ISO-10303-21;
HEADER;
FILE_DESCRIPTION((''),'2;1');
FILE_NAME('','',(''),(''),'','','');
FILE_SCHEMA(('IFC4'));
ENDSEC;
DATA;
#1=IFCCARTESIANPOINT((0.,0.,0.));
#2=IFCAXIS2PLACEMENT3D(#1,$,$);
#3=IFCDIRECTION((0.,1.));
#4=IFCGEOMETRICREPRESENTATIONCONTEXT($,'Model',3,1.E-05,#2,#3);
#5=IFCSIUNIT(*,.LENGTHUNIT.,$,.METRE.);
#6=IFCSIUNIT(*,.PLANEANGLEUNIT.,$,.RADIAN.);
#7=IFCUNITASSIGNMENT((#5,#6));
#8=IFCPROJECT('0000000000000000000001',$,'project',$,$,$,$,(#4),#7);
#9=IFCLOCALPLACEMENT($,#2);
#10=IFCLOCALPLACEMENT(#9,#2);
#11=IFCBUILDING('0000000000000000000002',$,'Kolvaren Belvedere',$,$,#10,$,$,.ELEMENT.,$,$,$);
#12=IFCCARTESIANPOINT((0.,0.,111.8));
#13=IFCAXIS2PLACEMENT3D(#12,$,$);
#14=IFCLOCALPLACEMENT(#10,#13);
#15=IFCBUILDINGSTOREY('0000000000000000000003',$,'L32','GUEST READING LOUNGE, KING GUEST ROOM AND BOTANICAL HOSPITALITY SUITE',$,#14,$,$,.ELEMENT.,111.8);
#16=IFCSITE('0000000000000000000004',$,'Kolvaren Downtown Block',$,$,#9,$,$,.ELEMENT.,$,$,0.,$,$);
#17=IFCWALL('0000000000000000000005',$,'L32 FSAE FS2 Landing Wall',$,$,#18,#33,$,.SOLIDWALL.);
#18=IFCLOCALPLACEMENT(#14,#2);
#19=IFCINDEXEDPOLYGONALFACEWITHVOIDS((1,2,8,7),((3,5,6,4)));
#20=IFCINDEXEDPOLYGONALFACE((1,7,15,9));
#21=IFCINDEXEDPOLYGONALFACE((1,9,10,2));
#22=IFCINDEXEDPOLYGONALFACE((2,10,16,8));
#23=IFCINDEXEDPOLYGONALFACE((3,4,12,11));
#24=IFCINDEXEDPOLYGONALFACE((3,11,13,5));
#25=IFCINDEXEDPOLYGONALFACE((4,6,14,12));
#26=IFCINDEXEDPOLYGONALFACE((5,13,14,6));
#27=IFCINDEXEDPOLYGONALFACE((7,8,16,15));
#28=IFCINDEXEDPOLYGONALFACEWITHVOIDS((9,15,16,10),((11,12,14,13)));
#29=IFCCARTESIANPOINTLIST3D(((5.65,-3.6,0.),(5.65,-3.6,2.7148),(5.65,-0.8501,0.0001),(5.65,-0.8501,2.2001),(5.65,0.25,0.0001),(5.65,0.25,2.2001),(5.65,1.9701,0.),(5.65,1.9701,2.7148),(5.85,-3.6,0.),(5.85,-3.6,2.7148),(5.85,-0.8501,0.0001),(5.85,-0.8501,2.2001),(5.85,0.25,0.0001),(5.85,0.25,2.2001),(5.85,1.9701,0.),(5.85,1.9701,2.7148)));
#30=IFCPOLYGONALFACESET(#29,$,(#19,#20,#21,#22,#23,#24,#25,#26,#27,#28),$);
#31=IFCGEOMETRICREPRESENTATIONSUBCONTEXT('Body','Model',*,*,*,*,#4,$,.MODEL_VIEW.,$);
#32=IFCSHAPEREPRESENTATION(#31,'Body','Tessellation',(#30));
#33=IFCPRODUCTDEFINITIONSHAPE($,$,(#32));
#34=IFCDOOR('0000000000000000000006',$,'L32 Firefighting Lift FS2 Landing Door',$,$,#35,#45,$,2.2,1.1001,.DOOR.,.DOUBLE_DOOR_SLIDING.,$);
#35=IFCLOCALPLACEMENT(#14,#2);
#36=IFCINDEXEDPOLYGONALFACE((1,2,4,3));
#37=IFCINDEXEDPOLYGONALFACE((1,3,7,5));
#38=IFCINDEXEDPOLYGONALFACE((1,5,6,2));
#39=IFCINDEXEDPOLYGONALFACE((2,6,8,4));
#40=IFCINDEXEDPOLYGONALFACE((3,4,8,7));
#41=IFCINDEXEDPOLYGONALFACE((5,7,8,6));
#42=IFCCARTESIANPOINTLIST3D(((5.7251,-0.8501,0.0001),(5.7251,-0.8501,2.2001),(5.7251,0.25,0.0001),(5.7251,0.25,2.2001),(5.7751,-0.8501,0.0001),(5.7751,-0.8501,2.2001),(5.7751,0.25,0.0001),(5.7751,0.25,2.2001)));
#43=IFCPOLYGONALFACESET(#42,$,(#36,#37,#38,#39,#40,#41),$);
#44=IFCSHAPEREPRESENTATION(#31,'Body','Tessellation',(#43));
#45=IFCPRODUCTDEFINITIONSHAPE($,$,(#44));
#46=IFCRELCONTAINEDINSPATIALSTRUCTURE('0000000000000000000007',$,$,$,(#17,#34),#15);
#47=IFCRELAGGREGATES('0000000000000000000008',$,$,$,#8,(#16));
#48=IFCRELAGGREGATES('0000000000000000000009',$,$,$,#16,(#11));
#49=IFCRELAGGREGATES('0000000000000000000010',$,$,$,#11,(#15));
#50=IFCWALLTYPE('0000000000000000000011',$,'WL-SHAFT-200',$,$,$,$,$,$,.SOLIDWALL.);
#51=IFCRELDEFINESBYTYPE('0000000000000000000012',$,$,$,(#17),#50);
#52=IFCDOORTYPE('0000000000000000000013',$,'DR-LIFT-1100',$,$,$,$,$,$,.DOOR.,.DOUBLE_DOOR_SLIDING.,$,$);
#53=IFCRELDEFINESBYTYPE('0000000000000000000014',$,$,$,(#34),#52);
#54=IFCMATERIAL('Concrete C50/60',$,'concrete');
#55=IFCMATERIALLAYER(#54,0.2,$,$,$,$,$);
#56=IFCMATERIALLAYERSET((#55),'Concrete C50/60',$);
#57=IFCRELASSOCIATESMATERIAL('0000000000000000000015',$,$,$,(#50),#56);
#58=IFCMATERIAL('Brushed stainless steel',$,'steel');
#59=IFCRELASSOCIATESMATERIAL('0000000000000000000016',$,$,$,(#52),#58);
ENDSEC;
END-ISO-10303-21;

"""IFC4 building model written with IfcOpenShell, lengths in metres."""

from ifc_helpers import new_model, si_unit, direction, frame, frame_2d, origin, place, context, subcontext, project, spatial, rectangle, extrude, material, layer, layer_set, type_object, element, fill, save


model = new_model("IFC4")

# Units and contexts
model_context = context("Model", 3, precision=1e-05, world=origin(), true_north=direction((0.0, 1.0)))
body_context = subcontext(model_context, "Body", "Model", "MODEL_VIEW")
ifc_project = project(units=[si_unit("LENGTHUNIT", "METRE"), si_unit("PLANEANGLEUNIT", "RADIAN")], contexts=[model_context])

# Site, building, storey
site_placement = place(None, origin())
site = spatial("IfcSite", under=ifc_project, at=site_placement, Name="Kolvaren Downtown Block", CompositionType="ELEMENT", RefElevation=0.0)
building_placement = place(site_placement, origin())
building = spatial("IfcBuilding", under=site, at=building_placement, Name="Kolvaren Belvedere", CompositionType="ELEMENT")
storey_placement = place(building_placement, frame((0.0, 0.0, 111.8)))
storey = spatial("IfcBuildingStorey", under=building, at=storey_placement, Name="L32", Description="GUEST READING LOUNGE, KING GUEST ROOM AND BOTANICAL HOSPITALITY SUITE", CompositionType="ELEMENT", Elevation=111.8)

# Wall, opening, door
ifc_material_1 = material(Name="Concrete C50/60", Category="concrete")
ifc_layer_1 = layer(ifc_material_1, 0.2)
ifc_layer_set_1 = layer_set([ifc_layer_1], Name="Concrete C50/60")
wall_type_1 = type_object("IfcWallType", Name="WL-SHAFT-200", PredefinedType="SOLIDWALL", material=ifc_layer_set_1)
wall_1_placement = place(storey_placement, frame((5.75, -3.6001, 0.0), z_axis=(0.0, 0.0, 1.0), x_axis=(0.0, 1.0, 0.0)))
wall_1 = element("IfcWall", 1, at=wall_1_placement, inside=storey, type_object=wall_type_1, Name="L32 FSAE FS2 Landing Wall", PredefinedType="SOLIDWALL", context=body_context, shape_type="SweptSolid", body=[
    extrude(rectangle(XDim=5.5701, YDim=0.2, at=frame_2d((2.7852, 0.0))), origin(), (0.0, 0.0, 1.0), 2.7148),
])
opening_1_placement = place(wall_1_placement, frame((2.75, 0.0, 0.0)))
opening_1 = element("IfcOpeningElement", 2, at=opening_1_placement, cuts=wall_1, PredefinedType="OPENING", context=body_context, shape_type="SweptSolid", body=[
    extrude(rectangle(XDim=1.1001, YDim=2.2, at=frame_2d((0.55, 1.1001))), frame((0.0, 0.1099, 0.0), z_axis=(0.0, -1.0, 0.0), x_axis=(1.0, 0.0, 0.0)), (0.0, 0.0, 1.0), 0.22),
])
ifc_material_2 = material(Name="Brushed stainless steel", Category="steel")
door_type_1 = type_object("IfcDoorType", Name="DR-LIFT-1100", OperationType="DOUBLE_DOOR_SLIDING", PredefinedType="DOOR", material=ifc_material_2)
door_1_placement = place(opening_1_placement, origin())
door_1 = element("IfcDoor", 3, at=door_1_placement, inside=storey, type_object=door_type_1, Name="L32 Firefighting Lift FS2 Landing Door", OperationType="DOUBLE_DOOR_SLIDING", OverallHeight=2.2, OverallWidth=1.1001, PredefinedType="DOOR", context=body_context, shape_type="SweptSolid", body=[
    extrude(rectangle(XDim=1.1001, YDim=2.2, at=frame_2d((0.55, 1.1001))), frame((0.0, 0.0249, 0.0), z_axis=(0.0, -1.0, 0.0), x_axis=(1.0, 0.0, 0.0)), (0.0, 0.0, 1.0), 0.05),
])
fill(opening_1, door_1)

save(model, "model.ifc")
